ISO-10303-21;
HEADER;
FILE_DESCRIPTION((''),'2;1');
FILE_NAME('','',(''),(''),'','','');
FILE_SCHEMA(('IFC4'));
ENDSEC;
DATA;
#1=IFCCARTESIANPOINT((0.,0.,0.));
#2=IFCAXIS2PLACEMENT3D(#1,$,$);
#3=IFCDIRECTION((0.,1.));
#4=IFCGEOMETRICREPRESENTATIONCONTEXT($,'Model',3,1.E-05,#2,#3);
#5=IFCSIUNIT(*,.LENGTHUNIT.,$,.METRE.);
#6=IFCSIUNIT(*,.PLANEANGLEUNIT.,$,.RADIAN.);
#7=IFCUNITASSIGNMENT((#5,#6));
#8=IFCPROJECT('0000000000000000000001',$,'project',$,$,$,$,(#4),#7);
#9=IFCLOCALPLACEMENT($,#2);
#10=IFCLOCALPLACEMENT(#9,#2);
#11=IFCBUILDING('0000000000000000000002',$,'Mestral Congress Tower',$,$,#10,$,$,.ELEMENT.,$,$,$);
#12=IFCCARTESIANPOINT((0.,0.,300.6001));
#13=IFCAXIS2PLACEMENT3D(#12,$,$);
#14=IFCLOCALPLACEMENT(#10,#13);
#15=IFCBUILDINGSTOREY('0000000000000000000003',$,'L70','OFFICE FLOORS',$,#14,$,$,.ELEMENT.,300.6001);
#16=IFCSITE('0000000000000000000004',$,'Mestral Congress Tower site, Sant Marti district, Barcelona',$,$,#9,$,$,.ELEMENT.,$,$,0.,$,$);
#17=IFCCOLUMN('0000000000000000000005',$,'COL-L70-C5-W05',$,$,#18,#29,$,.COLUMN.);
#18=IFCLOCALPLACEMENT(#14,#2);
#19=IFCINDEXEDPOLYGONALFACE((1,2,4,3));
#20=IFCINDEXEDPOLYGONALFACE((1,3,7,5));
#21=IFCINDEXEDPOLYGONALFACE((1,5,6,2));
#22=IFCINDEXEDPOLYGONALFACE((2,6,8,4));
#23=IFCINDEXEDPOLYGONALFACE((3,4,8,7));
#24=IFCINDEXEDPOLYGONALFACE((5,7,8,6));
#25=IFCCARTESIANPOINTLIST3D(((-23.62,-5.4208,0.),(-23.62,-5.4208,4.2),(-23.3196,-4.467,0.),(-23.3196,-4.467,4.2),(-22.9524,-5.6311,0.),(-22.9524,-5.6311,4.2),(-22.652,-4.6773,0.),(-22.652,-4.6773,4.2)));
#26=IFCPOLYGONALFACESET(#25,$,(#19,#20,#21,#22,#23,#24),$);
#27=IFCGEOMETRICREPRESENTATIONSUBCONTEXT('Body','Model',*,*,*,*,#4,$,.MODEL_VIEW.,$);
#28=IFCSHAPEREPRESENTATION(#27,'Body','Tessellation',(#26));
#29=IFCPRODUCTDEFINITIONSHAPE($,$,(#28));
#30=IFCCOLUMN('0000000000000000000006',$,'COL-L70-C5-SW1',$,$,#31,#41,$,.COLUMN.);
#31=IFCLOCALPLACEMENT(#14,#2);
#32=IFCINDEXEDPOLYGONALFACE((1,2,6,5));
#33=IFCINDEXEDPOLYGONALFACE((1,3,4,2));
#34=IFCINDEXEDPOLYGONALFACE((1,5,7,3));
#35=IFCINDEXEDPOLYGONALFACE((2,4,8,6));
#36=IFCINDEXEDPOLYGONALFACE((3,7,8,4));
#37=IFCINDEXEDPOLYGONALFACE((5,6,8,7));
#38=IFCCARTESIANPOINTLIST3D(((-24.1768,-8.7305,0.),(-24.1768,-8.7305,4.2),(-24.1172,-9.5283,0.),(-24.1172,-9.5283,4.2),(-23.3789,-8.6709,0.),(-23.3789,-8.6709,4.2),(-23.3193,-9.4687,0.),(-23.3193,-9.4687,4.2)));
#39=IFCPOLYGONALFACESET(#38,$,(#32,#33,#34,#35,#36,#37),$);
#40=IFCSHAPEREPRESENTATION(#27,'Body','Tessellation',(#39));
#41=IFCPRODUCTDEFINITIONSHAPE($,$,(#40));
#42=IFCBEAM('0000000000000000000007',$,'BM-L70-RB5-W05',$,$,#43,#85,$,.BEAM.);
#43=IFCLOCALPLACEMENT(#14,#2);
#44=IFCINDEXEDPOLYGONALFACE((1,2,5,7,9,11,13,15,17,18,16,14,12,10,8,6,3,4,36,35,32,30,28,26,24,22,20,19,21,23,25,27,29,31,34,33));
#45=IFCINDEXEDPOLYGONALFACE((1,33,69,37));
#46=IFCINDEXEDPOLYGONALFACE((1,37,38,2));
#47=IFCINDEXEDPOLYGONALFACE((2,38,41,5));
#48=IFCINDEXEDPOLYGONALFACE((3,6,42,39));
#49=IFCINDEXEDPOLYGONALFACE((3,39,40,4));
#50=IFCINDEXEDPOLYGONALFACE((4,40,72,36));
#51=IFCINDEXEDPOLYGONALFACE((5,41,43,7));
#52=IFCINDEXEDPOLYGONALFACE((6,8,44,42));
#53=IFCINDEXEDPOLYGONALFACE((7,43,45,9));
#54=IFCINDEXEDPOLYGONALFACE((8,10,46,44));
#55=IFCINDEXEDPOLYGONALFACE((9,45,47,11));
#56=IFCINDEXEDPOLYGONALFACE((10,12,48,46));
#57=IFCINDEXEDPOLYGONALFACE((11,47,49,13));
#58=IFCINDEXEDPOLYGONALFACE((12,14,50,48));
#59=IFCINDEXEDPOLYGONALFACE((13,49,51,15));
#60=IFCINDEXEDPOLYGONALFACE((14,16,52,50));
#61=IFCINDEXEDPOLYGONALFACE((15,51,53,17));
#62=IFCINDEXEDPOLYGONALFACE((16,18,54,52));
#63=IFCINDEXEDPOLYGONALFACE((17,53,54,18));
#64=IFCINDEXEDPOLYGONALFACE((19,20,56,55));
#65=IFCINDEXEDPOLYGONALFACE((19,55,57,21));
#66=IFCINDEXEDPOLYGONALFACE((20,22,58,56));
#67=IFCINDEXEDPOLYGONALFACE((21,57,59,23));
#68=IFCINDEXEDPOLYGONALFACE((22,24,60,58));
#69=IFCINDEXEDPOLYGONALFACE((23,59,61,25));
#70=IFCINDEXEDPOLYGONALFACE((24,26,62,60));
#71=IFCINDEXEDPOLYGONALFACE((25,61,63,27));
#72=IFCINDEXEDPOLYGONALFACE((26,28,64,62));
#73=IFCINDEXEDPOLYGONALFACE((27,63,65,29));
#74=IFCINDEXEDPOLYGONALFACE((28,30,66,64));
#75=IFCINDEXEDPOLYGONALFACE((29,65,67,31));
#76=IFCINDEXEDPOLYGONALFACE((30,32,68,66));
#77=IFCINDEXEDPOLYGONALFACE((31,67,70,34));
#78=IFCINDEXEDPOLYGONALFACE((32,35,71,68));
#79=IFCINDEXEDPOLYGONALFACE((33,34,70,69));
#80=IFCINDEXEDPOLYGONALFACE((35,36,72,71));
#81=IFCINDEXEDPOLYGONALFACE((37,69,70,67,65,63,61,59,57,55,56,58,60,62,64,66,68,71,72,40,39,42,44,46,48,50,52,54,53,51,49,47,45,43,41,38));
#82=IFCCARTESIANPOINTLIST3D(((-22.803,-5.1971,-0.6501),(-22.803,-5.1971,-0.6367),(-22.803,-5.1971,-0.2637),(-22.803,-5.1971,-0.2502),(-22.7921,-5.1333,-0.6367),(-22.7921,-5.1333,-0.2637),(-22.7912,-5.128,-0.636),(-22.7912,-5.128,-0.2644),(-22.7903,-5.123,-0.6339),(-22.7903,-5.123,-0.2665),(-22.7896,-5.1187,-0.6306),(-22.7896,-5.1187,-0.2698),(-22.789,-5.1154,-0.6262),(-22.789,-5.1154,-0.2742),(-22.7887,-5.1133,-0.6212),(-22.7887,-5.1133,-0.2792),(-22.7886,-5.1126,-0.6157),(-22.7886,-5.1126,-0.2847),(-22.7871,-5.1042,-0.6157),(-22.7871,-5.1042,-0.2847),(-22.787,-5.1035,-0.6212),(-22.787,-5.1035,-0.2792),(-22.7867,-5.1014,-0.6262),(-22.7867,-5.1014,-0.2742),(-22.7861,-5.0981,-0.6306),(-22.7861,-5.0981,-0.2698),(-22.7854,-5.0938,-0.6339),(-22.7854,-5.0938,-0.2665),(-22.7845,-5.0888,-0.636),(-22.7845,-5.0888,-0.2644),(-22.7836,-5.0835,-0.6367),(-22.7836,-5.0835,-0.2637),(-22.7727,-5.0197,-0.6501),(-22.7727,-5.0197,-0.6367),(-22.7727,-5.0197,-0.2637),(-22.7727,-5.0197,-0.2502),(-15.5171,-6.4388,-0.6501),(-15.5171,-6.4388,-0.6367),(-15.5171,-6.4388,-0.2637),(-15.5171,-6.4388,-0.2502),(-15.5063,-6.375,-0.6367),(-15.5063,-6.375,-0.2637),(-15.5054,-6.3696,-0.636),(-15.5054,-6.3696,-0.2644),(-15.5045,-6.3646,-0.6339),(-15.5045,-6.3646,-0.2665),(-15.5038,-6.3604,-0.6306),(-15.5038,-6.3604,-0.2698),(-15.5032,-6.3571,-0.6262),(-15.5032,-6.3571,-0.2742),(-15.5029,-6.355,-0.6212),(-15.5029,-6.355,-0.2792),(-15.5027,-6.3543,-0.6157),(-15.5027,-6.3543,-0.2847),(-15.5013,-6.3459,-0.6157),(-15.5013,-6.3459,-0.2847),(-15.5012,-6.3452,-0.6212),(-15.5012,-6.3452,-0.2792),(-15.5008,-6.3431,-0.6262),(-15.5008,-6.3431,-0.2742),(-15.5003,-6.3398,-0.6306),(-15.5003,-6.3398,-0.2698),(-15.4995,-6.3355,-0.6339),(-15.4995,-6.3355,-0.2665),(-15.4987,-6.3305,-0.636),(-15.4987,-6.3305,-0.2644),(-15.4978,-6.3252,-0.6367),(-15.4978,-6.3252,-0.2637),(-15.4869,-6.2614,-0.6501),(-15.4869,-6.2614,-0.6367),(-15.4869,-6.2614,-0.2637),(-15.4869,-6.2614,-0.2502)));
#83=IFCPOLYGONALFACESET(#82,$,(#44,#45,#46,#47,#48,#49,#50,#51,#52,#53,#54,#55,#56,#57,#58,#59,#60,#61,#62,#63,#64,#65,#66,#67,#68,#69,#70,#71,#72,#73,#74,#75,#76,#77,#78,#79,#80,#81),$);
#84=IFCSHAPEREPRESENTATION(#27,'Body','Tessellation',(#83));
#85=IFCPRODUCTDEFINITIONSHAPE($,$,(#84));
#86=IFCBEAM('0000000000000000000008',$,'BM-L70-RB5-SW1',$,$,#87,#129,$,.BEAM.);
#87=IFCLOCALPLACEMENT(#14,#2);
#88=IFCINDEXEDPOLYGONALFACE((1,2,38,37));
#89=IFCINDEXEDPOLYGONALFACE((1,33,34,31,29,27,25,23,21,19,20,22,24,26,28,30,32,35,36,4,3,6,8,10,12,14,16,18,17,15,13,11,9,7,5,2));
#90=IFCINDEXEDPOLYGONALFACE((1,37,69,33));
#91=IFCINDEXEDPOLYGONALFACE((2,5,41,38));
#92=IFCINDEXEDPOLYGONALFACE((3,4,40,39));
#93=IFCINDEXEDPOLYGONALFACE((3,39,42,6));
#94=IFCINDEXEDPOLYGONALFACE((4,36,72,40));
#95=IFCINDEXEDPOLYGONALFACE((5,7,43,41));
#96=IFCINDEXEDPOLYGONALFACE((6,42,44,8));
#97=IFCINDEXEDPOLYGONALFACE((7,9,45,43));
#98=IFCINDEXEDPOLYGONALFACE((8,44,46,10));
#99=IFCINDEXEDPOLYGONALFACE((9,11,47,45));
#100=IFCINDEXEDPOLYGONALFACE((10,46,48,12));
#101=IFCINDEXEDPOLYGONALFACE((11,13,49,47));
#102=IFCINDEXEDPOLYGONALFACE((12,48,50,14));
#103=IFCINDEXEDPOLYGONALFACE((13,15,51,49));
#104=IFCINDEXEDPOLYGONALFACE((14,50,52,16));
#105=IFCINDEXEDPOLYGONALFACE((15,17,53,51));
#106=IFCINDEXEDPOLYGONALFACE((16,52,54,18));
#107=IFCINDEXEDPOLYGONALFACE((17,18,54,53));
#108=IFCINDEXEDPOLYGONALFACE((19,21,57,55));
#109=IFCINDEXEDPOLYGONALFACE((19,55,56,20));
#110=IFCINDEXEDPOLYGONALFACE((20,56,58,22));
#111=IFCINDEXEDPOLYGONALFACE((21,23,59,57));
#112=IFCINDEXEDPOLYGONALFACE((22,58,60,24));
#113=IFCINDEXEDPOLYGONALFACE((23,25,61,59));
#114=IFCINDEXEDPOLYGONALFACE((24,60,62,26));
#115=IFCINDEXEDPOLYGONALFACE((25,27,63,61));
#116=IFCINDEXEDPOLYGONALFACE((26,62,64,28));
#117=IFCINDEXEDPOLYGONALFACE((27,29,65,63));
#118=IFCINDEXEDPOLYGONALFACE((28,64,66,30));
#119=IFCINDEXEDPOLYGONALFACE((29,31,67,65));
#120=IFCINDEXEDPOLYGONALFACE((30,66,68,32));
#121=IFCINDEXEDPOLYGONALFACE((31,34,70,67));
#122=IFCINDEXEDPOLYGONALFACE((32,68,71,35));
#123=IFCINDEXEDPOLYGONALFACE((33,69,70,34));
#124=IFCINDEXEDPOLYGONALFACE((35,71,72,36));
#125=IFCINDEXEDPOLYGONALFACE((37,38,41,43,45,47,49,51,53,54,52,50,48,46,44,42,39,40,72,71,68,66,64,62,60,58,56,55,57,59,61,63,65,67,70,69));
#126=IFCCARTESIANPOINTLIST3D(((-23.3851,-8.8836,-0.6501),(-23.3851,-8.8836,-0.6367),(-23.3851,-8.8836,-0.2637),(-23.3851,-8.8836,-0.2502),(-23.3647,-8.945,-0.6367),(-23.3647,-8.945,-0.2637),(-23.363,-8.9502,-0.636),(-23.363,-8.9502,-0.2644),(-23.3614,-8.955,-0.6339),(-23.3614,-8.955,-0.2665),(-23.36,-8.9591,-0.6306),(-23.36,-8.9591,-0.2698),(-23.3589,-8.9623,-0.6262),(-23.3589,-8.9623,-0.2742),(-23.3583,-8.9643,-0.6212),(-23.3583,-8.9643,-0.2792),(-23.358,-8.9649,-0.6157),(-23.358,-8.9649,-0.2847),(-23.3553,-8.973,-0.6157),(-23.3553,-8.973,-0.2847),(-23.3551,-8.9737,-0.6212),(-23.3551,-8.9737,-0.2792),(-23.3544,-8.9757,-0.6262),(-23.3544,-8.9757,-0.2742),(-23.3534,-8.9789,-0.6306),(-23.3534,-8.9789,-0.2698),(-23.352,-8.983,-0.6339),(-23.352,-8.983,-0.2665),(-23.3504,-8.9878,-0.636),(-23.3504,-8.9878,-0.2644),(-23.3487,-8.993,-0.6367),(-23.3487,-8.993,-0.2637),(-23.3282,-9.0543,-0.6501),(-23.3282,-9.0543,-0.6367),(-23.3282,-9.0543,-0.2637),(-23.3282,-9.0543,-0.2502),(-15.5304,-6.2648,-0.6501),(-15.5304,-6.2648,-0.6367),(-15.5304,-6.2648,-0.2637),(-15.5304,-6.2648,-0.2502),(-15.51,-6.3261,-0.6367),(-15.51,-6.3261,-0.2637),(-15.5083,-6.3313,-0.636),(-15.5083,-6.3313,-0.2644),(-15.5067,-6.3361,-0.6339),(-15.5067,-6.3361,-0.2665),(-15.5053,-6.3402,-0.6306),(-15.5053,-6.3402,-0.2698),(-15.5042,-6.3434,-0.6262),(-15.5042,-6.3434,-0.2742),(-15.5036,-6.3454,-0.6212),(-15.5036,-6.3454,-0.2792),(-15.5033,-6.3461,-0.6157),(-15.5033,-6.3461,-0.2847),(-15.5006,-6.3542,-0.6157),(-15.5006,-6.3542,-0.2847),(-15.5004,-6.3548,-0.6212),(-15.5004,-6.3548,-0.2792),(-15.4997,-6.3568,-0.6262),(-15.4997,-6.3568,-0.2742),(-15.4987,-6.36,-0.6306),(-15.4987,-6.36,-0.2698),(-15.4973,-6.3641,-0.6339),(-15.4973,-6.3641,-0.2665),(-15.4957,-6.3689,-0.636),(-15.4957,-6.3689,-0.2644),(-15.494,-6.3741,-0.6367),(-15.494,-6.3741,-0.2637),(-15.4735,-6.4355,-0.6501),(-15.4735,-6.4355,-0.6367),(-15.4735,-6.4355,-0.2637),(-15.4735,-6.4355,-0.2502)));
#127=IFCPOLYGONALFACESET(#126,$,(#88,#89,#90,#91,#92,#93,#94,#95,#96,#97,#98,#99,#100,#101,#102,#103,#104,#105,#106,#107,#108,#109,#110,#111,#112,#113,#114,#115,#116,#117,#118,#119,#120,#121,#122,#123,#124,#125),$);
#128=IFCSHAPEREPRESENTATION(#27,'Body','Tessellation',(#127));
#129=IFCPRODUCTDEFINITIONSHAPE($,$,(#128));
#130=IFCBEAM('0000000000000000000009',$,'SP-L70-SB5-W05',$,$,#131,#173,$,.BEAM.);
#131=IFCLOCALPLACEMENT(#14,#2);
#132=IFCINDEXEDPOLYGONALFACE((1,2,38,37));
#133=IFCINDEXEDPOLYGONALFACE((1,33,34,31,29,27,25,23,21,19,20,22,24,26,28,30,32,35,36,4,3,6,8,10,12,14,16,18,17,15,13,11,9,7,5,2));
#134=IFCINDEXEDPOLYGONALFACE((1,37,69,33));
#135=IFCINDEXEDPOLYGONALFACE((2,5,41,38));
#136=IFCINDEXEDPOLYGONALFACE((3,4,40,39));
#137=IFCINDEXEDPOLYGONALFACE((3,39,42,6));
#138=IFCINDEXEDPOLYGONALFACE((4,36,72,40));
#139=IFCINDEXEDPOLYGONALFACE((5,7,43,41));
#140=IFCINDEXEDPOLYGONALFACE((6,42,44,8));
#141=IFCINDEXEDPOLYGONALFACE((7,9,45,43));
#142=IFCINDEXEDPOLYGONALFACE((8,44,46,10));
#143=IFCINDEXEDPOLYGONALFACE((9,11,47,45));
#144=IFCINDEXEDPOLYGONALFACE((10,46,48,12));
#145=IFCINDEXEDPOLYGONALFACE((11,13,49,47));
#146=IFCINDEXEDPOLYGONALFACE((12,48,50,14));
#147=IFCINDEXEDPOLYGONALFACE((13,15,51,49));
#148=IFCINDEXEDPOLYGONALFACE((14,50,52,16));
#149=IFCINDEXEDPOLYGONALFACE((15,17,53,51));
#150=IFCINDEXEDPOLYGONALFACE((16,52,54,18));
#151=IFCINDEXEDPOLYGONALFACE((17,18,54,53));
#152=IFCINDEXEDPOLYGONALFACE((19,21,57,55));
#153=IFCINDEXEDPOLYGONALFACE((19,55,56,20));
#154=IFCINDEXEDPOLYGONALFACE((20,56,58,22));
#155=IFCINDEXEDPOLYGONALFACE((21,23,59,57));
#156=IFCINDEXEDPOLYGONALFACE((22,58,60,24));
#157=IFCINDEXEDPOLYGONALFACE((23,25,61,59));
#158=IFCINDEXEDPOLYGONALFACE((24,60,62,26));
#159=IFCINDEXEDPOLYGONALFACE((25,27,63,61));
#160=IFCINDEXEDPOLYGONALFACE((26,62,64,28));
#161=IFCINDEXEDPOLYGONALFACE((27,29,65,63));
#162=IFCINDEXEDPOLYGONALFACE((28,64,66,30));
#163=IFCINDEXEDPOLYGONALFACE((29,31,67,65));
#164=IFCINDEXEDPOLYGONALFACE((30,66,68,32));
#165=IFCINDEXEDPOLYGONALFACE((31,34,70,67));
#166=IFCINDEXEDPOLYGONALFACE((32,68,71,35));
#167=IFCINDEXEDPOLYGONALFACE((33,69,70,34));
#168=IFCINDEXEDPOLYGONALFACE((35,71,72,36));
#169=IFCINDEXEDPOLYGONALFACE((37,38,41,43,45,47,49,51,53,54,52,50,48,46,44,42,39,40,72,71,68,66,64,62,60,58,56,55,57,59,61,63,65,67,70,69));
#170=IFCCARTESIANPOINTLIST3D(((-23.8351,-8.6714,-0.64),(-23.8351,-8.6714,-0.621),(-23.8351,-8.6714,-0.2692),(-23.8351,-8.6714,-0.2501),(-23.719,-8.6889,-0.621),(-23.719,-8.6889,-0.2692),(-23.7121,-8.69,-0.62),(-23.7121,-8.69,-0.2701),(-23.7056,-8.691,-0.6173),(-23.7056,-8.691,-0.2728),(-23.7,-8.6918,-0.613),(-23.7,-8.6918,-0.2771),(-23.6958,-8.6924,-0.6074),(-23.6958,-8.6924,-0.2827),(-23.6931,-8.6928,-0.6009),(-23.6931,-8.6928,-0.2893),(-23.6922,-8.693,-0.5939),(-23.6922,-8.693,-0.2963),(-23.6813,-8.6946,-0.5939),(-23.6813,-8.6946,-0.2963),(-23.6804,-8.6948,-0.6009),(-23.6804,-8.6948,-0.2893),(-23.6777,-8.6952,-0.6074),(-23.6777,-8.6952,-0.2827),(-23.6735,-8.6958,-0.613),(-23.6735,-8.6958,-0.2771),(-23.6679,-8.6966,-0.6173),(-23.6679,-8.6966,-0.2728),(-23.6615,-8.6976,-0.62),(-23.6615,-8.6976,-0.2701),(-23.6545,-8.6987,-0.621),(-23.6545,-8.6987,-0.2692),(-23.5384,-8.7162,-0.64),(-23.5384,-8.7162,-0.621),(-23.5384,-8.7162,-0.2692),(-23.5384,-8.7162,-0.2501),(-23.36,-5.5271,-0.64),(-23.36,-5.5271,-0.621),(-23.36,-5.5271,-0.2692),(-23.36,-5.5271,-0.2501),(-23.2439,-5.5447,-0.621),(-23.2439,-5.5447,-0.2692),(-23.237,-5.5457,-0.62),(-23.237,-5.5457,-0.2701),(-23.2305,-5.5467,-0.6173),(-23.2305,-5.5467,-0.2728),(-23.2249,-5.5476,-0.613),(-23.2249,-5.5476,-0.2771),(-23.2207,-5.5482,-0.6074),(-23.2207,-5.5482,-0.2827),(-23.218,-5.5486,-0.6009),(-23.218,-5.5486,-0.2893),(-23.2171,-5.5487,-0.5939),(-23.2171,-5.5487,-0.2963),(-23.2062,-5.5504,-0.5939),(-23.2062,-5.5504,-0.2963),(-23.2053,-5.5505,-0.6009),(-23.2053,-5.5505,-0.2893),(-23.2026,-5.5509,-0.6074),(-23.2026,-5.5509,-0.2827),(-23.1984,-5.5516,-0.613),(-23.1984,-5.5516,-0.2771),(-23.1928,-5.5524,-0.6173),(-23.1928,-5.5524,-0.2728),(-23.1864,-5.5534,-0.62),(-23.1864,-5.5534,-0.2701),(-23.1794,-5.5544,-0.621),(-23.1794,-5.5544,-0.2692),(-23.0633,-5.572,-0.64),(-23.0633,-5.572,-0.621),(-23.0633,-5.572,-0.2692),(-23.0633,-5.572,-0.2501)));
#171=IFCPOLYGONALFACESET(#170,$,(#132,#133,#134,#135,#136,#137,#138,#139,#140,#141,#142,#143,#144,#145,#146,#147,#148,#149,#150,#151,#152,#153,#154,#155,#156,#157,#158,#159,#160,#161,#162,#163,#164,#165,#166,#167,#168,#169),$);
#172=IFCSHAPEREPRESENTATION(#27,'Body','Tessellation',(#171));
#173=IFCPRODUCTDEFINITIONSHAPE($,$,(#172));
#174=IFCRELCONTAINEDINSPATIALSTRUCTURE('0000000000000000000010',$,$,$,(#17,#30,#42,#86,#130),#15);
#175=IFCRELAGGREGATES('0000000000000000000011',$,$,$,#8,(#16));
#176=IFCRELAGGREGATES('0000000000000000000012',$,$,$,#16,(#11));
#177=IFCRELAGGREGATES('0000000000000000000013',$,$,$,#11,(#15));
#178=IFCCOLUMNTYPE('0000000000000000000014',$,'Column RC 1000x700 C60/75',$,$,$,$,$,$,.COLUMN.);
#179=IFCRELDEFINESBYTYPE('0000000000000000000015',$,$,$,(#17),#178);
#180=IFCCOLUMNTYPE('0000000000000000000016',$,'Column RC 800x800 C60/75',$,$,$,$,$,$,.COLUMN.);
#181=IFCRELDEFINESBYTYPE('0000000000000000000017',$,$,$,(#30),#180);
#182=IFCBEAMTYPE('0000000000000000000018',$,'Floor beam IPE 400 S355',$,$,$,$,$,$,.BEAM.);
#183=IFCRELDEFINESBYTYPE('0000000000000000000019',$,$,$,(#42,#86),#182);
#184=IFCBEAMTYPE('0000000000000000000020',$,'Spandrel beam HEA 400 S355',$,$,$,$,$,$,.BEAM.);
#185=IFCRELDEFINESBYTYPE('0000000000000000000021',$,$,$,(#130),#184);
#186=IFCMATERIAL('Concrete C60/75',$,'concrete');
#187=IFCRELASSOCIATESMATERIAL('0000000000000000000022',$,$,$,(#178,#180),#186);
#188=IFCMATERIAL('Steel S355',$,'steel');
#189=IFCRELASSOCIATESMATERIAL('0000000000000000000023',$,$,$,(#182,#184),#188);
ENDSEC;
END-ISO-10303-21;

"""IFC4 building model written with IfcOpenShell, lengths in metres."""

from ifc_helpers import new_model, si_unit, direction, frame, origin, origin_2d, place, context, subcontext, project, spatial, rectangle, i_section, extrude, material, material_profile, profile_set, type_object, element, save


model = new_model("IFC4")

# Units and contexts
model_context = context("Model", 3, precision=1e-05, world=origin(), true_north=direction((0.0, 1.0)))
body_context = subcontext(model_context, "Body", "Model", "MODEL_VIEW")
ifc_project = project(units=[si_unit("LENGTHUNIT", "METRE"), si_unit("PLANEANGLEUNIT", "RADIAN")], contexts=[model_context])

# Site, building, storey
site_placement = place(None, origin())
site = spatial("IfcSite", under=ifc_project, at=site_placement, Name="Mestral Congress Tower site, Sant Marti district, Barcelona", CompositionType="ELEMENT", RefElevation=0.0)
building_placement = place(site_placement, origin())
building = spatial("IfcBuilding", under=site, at=building_placement, Name="Mestral Congress Tower", CompositionType="ELEMENT")
storey_placement = place(building_placement, frame((0.0, 0.0, 300.6001)))
storey = spatial("IfcBuildingStorey", under=building, at=storey_placement, Name="L70", Description="OFFICE FLOORS", CompositionType="ELEMENT", Elevation=300.6001)

# Columns
ifc_material_1 = material(Name="Concrete C60/75", Category="concrete")
ifc_material_profile_1 = material_profile(ifc_material_1, rectangle(XDim=1.0, YDim=0.7, at=origin_2d()), Name="RC 1000x700")
ifc_profile_set_1 = profile_set([ifc_material_profile_1], Name="Concrete C60/75")
column_type_1 = type_object("IfcColumnType", Name="Column RC 1000x700 C60/75", PredefinedType="COLUMN", material=ifc_profile_set_1)
column_1_placement = place(storey_placement, frame((-23.136, -5.0491, 0.0), z_axis=(0.0, 0.0, 1.0), x_axis=(-0.300431, -0.953804, 0.0)))
element("IfcColumn", 1, at=column_1_placement, inside=storey, type_object=column_type_1, Name="COL-L70-C5-W05", PredefinedType="COLUMN", context=body_context, shape_type="SweptSolid", body=[
    extrude(rectangle(XDim=1.0, YDim=0.7, at=origin_2d()), origin(), (0.0, 0.0, 1.0), 4.2),
])
ifc_material_profile_2 = material_profile(ifc_material_1, rectangle(XDim=0.8, YDim=0.8, at=origin_2d()), Name="RC 800x800")
ifc_profile_set_2 = profile_set([ifc_material_profile_2], Name="Concrete C60/75")
column_type_2 = type_object("IfcColumnType", Name="Column RC 800x800 C60/75", PredefinedType="COLUMN", material=ifc_profile_set_2)
column_2_placement = place(storey_placement, frame((-23.748, -9.0996, 0.0), z_axis=(0.0, 0.0, 1.0), x_axis=(0.074511, -0.99722, 0.0)))
element("IfcColumn", 2, at=column_2_placement, inside=storey, type_object=column_type_2, Name="COL-L70-C5-SW1", PredefinedType="COLUMN", context=body_context, shape_type="SweptSolid", body=[
    extrude(rectangle(XDim=0.8, YDim=0.8, at=origin_2d()), origin(), (0.0, 0.0, 1.0), 4.2),
])

# Beams
ifc_material_2 = material(Name="Steel S355", Category="steel")
ifc_material_profile_3 = material_profile(ifc_material_2, i_section(OverallWidth=0.1799, OverallDepth=0.3999, WebThickness=0.0085, FlangeThickness=0.0134, FilletRadius=0.021, at=origin_2d()), Name="IPE 400")
ifc_profile_set_3 = profile_set([ifc_material_profile_3], Name="Steel S355")
beam_type_1 = type_object("IfcBeamType", Name="Floor beam IPE 400 S355", PredefinedType="BEAM", material=ifc_profile_set_3)
beam_1_placement = place(storey_placement, frame((-22.7878, -5.1084, -0.4502), z_axis=(0.985787, -0.168003, 0.0), x_axis=(0.168003, 0.985787, 0.0)))
element("IfcBeam", 3, at=beam_1_placement, inside=storey, type_object=beam_type_1, Name="BM-L70-RB5-W05", PredefinedType="BEAM", context=body_context, shape_type="SweptSolid", body=[
    extrude(i_section(OverallWidth=0.1799, OverallDepth=0.3999, WebThickness=0.0085, FlangeThickness=0.0134, FilletRadius=0.021, at=origin_2d()), origin(), (0.0, 0.0, 1.0), 7.3909),
])
beam_2_placement = place(storey_placement, frame((-23.3567, -8.969, -0.4502), z_axis=(0.94866, 0.316299, 0.0), x_axis=(-0.316299, 0.94866, 0.0)))
element("IfcBeam", 4, at=beam_2_placement, inside=storey, type_object=beam_type_1, Name="BM-L70-RB5-SW1", PredefinedType="BEAM", context=body_context, shape_type="SweptSolid", body=[
    extrude(i_section(OverallWidth=0.1799, OverallDepth=0.3999, WebThickness=0.0085, FlangeThickness=0.0134, FilletRadius=0.021, at=origin_2d()), origin(), (0.0, 0.0, 1.0), 8.2798),
])
ifc_material_profile_4 = material_profile(ifc_material_2, i_section(OverallWidth=0.3, OverallDepth=0.3899, WebThickness=0.011, FlangeThickness=0.019, FilletRadius=0.0271, at=origin_2d()), Name="HEA 400")
ifc_profile_set_4 = profile_set([ifc_material_profile_4], Name="Steel S355")
beam_type_2 = type_object("IfcBeamType", Name="Spandrel beam HEA 400 S355", PredefinedType="BEAM", material=ifc_profile_set_4)
beam_3_placement = place(storey_placement, frame((-23.2117, -5.5496, -0.4451), z_axis=(-0.149403, -0.988776, 0.0), x_axis=(0.988776, -0.149403, 0.0)))
element("IfcBeam", 5, at=beam_3_placement, inside=storey, type_object=beam_type_2, Name="SP-L70-SB5-W05", PredefinedType="BEAM", context=body_context, shape_type="SweptSolid", body=[
    extrude(i_section(OverallWidth=0.3, OverallDepth=0.3899, WebThickness=0.011, FlangeThickness=0.019, FilletRadius=0.0271, at=origin_2d()), origin(), (0.0, 0.0, 1.0), 3.1799),
])

save(model, "model.ifc")
